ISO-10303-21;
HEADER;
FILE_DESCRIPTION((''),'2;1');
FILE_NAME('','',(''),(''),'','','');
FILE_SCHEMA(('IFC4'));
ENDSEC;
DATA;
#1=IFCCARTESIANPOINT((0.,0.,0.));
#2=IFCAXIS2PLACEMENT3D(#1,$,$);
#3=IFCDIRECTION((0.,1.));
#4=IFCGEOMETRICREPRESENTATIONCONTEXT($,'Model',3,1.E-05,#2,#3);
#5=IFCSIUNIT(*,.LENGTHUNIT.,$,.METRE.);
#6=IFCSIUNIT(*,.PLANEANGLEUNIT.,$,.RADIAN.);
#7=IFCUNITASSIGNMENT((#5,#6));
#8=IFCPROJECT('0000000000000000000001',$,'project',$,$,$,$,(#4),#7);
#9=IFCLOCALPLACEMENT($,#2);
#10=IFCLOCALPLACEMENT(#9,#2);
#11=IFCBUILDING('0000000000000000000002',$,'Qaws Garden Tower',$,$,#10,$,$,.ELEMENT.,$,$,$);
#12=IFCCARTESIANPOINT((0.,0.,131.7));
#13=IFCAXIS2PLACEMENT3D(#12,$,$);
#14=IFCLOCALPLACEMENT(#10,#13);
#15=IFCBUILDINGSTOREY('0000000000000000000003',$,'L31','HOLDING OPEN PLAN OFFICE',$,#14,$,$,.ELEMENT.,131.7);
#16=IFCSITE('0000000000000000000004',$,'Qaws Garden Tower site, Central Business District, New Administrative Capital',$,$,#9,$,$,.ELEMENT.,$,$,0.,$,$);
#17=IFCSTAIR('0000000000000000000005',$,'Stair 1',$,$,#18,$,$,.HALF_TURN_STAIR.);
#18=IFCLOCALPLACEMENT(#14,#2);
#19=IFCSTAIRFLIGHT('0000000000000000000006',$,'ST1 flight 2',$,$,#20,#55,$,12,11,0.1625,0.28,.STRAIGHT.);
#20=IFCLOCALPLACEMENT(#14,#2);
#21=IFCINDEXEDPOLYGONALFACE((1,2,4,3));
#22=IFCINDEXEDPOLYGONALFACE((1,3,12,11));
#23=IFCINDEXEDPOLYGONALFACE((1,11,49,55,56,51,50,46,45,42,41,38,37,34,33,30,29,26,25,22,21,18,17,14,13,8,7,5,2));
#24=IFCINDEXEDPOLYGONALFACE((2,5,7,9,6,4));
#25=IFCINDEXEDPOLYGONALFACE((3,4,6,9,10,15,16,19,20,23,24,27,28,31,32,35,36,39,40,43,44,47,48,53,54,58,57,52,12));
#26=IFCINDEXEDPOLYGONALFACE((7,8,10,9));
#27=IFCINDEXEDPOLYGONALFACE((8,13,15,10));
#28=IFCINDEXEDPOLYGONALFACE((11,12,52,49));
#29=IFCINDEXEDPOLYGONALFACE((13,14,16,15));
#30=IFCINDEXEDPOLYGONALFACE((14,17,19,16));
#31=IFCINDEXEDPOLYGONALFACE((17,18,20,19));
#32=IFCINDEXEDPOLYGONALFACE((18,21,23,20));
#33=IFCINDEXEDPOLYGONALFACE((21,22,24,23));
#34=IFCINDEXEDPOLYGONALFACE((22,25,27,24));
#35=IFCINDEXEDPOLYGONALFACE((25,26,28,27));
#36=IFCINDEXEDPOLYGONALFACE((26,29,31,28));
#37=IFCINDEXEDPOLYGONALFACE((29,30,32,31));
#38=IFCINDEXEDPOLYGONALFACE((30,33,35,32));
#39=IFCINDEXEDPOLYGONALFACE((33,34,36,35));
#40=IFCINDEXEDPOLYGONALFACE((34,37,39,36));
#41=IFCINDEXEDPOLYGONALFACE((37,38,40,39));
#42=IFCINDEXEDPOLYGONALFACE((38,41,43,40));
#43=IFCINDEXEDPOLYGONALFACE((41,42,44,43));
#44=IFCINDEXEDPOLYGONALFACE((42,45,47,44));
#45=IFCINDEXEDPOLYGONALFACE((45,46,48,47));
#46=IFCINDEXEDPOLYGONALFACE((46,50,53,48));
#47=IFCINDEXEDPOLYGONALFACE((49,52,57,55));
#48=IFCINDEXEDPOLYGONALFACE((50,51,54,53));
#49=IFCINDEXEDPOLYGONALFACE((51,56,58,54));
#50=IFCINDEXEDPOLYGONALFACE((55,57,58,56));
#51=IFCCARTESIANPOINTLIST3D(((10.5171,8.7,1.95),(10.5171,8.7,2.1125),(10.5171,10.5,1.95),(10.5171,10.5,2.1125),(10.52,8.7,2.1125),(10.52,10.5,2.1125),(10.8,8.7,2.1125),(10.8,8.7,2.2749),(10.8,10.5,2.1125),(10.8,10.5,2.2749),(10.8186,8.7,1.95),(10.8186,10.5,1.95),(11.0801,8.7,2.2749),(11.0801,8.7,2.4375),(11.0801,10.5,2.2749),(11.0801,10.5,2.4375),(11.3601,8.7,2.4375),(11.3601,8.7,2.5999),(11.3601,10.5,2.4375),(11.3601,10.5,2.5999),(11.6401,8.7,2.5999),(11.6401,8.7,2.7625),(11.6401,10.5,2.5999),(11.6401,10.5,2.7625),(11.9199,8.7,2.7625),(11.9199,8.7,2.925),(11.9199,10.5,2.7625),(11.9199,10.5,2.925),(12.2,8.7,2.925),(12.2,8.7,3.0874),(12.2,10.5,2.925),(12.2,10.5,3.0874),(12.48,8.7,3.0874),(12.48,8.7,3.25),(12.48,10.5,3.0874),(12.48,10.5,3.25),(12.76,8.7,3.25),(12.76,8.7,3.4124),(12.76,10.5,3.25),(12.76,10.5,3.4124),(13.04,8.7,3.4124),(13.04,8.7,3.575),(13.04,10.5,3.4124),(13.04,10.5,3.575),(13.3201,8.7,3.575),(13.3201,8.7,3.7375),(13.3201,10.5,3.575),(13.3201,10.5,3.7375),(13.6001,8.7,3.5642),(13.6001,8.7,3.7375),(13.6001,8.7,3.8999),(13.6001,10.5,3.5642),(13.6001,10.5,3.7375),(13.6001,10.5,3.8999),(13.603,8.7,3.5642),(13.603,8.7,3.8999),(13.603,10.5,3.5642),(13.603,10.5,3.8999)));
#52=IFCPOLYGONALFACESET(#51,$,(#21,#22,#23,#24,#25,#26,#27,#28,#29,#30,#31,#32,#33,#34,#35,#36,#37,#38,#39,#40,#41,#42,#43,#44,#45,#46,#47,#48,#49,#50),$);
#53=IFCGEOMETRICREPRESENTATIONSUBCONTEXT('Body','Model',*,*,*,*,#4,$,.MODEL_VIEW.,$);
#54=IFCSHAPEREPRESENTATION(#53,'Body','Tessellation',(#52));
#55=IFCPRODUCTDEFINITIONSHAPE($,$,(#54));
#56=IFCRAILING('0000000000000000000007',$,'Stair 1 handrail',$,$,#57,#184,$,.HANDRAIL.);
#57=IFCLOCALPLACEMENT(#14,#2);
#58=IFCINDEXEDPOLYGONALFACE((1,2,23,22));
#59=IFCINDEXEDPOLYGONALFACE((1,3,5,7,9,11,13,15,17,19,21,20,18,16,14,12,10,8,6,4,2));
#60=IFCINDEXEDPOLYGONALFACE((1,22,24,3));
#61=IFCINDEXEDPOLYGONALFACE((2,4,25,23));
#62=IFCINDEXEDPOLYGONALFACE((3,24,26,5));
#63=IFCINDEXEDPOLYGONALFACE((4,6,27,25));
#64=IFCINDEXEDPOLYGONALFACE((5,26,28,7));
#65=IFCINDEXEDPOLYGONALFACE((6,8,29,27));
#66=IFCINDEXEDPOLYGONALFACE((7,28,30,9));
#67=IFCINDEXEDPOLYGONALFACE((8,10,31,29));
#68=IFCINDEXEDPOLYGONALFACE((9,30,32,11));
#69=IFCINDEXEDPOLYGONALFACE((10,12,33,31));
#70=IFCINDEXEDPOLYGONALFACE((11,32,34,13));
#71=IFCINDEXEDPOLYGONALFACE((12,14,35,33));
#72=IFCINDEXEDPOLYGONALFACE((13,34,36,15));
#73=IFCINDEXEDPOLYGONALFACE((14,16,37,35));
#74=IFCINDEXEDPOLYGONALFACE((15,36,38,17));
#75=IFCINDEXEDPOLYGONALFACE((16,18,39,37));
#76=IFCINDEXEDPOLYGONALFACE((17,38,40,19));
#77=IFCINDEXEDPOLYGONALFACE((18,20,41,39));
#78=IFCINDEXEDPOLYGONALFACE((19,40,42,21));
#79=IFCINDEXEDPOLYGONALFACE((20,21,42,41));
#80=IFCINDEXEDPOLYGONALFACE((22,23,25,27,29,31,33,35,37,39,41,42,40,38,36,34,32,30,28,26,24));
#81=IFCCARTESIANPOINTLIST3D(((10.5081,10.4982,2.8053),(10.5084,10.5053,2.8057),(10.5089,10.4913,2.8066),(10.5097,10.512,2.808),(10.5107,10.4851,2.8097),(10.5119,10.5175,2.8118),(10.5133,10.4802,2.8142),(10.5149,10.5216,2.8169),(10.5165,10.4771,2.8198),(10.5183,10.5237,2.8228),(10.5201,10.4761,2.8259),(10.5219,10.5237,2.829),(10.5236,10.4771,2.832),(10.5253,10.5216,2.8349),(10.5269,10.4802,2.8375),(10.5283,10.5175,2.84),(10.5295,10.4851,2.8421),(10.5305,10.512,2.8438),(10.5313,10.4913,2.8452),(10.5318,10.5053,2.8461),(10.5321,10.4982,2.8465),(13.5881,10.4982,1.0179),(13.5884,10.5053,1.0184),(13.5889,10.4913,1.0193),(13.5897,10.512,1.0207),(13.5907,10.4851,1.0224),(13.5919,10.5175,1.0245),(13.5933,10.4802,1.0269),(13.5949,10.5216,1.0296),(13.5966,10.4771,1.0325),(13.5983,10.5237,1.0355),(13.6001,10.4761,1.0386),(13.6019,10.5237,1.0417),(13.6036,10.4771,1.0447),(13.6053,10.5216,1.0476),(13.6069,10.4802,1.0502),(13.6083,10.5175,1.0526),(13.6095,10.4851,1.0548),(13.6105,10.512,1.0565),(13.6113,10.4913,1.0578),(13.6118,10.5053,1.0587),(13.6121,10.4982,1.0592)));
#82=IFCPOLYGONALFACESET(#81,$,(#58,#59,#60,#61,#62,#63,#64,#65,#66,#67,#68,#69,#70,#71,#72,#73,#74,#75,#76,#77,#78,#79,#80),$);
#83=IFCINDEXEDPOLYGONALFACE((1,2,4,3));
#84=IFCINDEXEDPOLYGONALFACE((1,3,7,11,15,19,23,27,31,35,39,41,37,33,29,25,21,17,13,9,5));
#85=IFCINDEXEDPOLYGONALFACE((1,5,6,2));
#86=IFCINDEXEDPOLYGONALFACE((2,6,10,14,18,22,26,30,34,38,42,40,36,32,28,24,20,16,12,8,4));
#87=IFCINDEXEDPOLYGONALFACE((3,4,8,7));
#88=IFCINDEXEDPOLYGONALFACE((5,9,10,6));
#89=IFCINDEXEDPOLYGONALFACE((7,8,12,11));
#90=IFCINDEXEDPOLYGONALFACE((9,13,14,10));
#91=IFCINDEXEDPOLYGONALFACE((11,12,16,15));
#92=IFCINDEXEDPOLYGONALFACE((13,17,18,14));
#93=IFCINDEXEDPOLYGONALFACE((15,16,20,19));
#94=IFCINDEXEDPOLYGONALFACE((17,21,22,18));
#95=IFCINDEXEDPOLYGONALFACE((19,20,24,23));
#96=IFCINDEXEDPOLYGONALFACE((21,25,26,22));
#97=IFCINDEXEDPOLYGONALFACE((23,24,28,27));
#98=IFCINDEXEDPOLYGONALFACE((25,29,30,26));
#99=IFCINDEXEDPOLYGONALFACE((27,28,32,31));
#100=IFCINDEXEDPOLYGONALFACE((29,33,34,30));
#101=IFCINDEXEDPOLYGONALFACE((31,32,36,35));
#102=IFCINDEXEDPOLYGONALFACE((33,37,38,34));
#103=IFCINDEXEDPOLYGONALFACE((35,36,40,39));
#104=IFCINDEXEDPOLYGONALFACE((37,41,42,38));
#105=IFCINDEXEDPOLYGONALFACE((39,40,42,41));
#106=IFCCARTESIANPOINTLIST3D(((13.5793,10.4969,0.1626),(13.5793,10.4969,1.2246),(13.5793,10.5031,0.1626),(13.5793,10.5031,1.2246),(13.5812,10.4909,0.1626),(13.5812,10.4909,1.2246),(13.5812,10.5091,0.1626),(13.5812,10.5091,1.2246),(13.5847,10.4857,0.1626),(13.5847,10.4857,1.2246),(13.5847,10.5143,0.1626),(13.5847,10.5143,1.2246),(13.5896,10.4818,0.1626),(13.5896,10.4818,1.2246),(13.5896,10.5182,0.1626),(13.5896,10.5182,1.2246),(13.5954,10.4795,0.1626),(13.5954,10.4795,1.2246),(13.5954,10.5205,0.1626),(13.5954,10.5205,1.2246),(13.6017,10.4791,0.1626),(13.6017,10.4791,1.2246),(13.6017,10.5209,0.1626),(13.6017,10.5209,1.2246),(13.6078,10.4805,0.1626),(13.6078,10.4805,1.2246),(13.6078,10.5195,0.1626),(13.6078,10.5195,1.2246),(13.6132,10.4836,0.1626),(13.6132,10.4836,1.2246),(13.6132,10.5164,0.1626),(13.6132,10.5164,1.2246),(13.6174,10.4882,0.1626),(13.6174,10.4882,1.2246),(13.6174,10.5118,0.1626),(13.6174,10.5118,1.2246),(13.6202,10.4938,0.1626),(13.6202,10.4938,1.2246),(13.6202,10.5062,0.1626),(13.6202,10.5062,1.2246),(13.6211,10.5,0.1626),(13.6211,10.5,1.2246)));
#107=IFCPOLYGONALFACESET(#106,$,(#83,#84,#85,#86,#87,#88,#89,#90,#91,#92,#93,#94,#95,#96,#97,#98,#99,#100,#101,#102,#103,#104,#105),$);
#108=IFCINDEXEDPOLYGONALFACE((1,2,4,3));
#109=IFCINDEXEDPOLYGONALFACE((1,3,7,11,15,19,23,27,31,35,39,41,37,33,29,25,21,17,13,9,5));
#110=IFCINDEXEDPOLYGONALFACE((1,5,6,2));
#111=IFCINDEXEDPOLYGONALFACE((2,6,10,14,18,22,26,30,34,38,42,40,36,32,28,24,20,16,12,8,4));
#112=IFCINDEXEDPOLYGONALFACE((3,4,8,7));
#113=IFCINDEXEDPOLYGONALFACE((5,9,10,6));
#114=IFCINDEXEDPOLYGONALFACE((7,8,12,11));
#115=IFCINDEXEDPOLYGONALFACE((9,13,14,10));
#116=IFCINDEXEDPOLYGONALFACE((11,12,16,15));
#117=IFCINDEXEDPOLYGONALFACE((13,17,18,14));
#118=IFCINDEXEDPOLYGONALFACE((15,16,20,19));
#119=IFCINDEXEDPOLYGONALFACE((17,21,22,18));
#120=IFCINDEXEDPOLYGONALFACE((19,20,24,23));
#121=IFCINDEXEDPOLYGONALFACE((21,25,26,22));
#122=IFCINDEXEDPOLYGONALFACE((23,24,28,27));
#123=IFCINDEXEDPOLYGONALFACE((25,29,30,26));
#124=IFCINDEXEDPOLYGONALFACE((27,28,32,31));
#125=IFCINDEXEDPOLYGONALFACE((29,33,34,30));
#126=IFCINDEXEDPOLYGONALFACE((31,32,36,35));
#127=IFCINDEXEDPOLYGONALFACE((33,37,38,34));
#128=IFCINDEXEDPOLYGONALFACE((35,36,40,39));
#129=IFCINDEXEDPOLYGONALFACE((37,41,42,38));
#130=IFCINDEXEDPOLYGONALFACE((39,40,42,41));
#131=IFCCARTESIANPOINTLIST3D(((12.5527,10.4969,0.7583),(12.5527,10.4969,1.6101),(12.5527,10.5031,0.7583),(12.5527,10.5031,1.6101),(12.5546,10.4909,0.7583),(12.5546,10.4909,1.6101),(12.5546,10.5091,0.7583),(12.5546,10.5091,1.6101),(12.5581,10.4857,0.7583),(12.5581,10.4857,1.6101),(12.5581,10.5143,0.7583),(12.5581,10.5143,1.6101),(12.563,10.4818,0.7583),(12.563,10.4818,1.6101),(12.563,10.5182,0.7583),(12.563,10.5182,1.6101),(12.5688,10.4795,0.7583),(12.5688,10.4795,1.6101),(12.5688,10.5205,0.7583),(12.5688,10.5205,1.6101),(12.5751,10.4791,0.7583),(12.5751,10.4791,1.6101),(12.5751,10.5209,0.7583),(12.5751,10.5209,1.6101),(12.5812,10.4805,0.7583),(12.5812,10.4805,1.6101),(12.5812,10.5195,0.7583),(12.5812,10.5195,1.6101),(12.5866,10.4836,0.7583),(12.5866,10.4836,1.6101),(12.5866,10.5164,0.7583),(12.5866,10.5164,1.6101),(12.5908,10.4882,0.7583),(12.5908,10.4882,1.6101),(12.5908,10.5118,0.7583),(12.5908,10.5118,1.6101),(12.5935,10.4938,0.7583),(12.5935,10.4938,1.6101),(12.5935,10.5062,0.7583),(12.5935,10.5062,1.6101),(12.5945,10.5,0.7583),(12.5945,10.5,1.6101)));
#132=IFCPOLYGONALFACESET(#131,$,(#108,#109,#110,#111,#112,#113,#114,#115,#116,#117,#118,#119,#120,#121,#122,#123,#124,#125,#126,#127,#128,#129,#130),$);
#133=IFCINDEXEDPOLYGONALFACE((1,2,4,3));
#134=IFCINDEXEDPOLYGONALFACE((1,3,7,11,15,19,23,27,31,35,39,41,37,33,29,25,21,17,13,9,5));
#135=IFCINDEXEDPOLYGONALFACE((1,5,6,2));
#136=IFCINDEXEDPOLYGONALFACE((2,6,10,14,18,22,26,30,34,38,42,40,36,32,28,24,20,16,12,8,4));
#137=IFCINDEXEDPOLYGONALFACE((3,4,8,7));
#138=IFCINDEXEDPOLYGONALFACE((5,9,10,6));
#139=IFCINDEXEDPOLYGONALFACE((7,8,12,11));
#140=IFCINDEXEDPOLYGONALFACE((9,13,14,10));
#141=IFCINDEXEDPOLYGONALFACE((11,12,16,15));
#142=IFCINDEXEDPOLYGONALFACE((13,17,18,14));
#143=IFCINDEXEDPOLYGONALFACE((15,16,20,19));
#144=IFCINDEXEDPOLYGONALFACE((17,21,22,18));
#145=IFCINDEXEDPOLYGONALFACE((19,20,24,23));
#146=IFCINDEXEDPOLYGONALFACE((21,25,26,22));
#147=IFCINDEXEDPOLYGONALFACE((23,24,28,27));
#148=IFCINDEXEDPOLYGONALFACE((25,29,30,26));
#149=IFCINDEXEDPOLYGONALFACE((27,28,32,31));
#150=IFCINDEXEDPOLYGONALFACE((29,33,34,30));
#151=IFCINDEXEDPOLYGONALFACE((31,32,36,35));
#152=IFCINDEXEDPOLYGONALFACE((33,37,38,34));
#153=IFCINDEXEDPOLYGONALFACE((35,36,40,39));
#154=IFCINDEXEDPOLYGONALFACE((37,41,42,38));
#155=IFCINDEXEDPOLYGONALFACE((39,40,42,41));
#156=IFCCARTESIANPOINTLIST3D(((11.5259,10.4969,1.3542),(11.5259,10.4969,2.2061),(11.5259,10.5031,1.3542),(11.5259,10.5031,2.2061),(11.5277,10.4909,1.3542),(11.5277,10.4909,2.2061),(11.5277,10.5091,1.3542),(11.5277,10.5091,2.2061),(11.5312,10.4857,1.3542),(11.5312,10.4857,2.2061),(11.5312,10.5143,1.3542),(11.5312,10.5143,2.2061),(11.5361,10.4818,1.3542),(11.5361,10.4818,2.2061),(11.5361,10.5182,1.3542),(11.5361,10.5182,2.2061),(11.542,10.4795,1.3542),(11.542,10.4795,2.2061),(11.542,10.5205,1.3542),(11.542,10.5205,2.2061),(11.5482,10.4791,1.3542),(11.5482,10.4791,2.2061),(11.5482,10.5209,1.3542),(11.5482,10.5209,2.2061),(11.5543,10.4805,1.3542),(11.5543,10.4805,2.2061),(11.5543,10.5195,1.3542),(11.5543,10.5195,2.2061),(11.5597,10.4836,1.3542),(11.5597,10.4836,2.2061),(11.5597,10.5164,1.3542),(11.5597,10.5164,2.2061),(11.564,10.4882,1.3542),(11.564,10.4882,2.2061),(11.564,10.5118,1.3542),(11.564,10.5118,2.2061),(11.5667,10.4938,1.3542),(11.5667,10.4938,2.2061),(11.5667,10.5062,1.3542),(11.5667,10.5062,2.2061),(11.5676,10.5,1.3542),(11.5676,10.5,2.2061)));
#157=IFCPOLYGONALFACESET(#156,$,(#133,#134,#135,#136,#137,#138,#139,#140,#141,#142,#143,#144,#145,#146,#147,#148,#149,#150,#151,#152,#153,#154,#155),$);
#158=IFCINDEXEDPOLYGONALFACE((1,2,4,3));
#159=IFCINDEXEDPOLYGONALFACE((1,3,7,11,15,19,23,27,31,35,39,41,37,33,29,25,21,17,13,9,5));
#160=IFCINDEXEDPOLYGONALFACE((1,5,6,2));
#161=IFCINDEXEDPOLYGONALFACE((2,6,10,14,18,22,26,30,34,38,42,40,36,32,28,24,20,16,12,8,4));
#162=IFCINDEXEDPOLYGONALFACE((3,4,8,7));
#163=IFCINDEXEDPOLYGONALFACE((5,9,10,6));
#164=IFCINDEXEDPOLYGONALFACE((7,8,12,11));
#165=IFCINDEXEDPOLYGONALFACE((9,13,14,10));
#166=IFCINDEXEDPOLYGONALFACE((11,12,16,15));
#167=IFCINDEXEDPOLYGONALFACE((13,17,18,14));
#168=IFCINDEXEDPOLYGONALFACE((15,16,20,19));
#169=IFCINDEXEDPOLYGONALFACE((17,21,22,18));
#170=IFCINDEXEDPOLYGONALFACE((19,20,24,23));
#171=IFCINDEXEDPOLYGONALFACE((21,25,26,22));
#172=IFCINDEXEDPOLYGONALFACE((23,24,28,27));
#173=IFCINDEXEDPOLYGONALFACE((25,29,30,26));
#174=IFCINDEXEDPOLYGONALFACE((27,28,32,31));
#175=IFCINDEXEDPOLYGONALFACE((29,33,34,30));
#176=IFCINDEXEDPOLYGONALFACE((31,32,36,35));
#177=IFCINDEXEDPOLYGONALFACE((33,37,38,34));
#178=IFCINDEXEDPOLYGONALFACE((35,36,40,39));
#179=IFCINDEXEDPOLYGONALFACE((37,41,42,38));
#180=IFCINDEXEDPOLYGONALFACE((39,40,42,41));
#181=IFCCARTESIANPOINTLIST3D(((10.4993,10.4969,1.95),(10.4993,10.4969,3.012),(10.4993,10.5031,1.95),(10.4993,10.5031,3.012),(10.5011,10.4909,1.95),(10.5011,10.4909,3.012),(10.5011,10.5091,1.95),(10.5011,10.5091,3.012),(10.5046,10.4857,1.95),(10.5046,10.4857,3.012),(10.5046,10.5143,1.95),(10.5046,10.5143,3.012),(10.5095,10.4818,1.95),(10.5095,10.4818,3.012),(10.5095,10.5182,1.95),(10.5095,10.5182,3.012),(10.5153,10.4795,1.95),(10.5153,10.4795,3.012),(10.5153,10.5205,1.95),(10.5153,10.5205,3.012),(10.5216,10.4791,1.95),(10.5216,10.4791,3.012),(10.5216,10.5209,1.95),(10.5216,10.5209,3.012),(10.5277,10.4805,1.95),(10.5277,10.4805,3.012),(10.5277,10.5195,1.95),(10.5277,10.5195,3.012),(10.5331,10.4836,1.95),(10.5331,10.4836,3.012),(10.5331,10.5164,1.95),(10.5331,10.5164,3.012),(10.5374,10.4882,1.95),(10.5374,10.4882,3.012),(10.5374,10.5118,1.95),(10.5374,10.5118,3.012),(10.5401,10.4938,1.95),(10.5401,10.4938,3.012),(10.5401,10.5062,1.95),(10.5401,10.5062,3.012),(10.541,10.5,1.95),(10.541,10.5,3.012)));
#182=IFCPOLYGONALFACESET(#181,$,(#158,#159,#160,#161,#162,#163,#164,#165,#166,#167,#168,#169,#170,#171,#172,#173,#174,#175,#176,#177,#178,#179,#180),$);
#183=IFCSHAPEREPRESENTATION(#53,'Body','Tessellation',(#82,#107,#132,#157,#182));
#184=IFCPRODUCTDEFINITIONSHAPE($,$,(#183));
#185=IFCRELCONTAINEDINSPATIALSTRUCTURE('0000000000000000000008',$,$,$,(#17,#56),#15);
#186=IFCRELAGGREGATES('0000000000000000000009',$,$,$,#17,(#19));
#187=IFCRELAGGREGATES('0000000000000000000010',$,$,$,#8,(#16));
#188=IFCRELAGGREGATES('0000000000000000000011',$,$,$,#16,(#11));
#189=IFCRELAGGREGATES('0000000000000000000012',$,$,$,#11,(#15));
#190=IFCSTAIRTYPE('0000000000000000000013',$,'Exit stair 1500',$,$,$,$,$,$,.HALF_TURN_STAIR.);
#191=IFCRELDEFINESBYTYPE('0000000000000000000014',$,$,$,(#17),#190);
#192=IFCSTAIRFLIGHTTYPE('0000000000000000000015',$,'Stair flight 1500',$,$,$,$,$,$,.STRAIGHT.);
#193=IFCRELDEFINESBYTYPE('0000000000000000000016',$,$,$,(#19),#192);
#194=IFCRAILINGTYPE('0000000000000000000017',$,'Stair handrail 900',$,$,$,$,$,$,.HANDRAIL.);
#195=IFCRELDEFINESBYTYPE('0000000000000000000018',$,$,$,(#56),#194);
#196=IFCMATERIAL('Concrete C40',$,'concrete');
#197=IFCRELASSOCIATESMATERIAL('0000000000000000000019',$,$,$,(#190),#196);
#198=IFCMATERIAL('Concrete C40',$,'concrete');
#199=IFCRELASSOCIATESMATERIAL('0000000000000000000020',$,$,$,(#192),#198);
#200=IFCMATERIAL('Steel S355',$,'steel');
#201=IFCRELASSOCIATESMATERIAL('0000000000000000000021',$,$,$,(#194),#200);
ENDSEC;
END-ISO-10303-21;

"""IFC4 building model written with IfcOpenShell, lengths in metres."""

from ifc_helpers import new_model, si_unit, direction, frame, origin, origin_2d, place, context, subcontext, project, spatial, polyline, circle, outline, extrude, material, type_object, element, aggregate, save


model = new_model("IFC4")

# Units and contexts
model_context = context("Model", 3, precision=1e-05, world=origin(), true_north=direction((0.0, 1.0)))
body_context = subcontext(model_context, "Body", "Model", "MODEL_VIEW")
ifc_project = project(units=[si_unit("LENGTHUNIT", "METRE"), si_unit("PLANEANGLEUNIT", "RADIAN")], contexts=[model_context])

# Site, building, storey
site_placement = place(None, origin())
site = spatial("IfcSite", under=ifc_project, at=site_placement, Name="Qaws Garden Tower site, Central Business District, New Administrative Capital", CompositionType="ELEMENT", RefElevation=0.0)
building_placement = place(site_placement, origin())
building = spatial("IfcBuilding", under=site, at=building_placement, Name="Qaws Garden Tower", CompositionType="ELEMENT")
storey_placement = place(building_placement, frame((0.0, 0.0, 131.7)))
storey = spatial("IfcBuildingStorey", under=building, at=storey_placement, Name="L31", Description="HOLDING OPEN PLAN OFFICE", CompositionType="ELEMENT", Elevation=131.7)

# Stair, stair flight
ifc_material_1 = material(Name="Concrete C40", Category="concrete")
stair_type = type_object("IfcStairType", Name="Exit stair 1500", PredefinedType="HALF_TURN_STAIR", material=ifc_material_1)
stair_placement = place(storey_placement, origin())
stair = element("IfcStair", 1, at=stair_placement, inside=storey, type_object=stair_type, Name="Stair 1", PredefinedType="HALF_TURN_STAIR")
ifc_material_2 = material(Name="Concrete C40", Category="concrete")
stair_flight_type = type_object("IfcStairFlightType", Name="Stair flight 1500", PredefinedType="STRAIGHT", material=ifc_material_2)
stair_flight_1_placement = place(storey_placement, frame((10.52, 9.6001, 1.95), z_axis=(0.0, 0.0, 1.0), x_axis=(1.0, 0.0, 0.0)))
stair_flight_1 = element("IfcStairFlight", 2, at=stair_flight_1_placement, type_object=stair_flight_type, Name="ST1 flight 2", NumberOfRisers=12, NumberOfTreads=11, PredefinedType="STRAIGHT", RiserHeight=0.1625, TreadLength=0.28, context=body_context, shape_type="SweptSolid", body=[
    extrude(outline(polyline([(-0.0029, 0.0), (-0.0029, 0.1626), (0.0, 0.1626), (0.28, 0.1626), (0.28, 0.325), (0.5601, 0.325), (0.5601, 0.4875), (0.8401, 0.4875), (0.8401, 0.6499), (1.1201, 0.6499), (1.1201, 0.8125), (1.3999, 0.8125), (1.3999, 0.9751), (1.6799, 0.9751), (1.6799, 1.1375), (1.96, 1.1375), (1.96, 1.3), (2.24, 1.3), (2.24, 1.4624), (2.52, 1.4624), (2.52, 1.625), (2.8, 1.625), (2.8, 1.7876), (3.0801, 1.7876), (3.0801, 1.95), (3.083, 1.95), (3.083, 1.6143), (3.0801, 1.6143), (0.2986, 0.0), (-0.0029, 0.0)])), frame((0.0, 0.8999, 0.0), z_axis=(0.0, -1.0, 0.0), x_axis=(1.0, 0.0, 0.0)), (0.0, 0.0, 1.0), 1.8),
])
aggregate(stair, [stair_flight_1])

# Railing
ifc_material_3 = material(Name="Steel S355", Category="steel")
railing_type = type_object("IfcRailingType", Name="Stair handrail 900", PredefinedType="HANDRAIL", material=ifc_material_3)
railing_1_placement = place(storey_placement, frame((13.6001, 10.5, 0.1626)))
element("IfcRailing", 3, at=railing_1_placement, inside=storey, type_object=railing_type, Name="Stair 1 handrail", PredefinedType="HANDRAIL", context=body_context, shape_type="SweptSolid", body=[
    extrude(circle(Radius=0.0239, at=origin_2d()), frame((0.0, 0.0, 0.876), z_axis=(-0.86492, 0.0, 0.501909), x_axis=(0.0, -1.0, 0.0)), (0.0, 0.0, 1.0), 3.561),
    extrude(circle(Radius=0.021, at=origin_2d()), origin(), (0.0, 0.0, 1.0), 1.062),
    extrude(circle(Radius=0.021, at=origin_2d()), frame((-1.0266, 0.0, 0.5957)), (0.0, 0.0, 1.0), 0.8518),
    extrude(circle(Radius=0.021, at=origin_2d()), frame((-2.0535, 0.0, 1.1917)), (0.0, 0.0, 1.0), 0.8518),
    extrude(circle(Radius=0.021, at=origin_2d()), frame((-3.0801, 0.0, 1.7874)), (0.0, 0.0, 1.0), 1.062),
])

save(model, "model.ifc")
